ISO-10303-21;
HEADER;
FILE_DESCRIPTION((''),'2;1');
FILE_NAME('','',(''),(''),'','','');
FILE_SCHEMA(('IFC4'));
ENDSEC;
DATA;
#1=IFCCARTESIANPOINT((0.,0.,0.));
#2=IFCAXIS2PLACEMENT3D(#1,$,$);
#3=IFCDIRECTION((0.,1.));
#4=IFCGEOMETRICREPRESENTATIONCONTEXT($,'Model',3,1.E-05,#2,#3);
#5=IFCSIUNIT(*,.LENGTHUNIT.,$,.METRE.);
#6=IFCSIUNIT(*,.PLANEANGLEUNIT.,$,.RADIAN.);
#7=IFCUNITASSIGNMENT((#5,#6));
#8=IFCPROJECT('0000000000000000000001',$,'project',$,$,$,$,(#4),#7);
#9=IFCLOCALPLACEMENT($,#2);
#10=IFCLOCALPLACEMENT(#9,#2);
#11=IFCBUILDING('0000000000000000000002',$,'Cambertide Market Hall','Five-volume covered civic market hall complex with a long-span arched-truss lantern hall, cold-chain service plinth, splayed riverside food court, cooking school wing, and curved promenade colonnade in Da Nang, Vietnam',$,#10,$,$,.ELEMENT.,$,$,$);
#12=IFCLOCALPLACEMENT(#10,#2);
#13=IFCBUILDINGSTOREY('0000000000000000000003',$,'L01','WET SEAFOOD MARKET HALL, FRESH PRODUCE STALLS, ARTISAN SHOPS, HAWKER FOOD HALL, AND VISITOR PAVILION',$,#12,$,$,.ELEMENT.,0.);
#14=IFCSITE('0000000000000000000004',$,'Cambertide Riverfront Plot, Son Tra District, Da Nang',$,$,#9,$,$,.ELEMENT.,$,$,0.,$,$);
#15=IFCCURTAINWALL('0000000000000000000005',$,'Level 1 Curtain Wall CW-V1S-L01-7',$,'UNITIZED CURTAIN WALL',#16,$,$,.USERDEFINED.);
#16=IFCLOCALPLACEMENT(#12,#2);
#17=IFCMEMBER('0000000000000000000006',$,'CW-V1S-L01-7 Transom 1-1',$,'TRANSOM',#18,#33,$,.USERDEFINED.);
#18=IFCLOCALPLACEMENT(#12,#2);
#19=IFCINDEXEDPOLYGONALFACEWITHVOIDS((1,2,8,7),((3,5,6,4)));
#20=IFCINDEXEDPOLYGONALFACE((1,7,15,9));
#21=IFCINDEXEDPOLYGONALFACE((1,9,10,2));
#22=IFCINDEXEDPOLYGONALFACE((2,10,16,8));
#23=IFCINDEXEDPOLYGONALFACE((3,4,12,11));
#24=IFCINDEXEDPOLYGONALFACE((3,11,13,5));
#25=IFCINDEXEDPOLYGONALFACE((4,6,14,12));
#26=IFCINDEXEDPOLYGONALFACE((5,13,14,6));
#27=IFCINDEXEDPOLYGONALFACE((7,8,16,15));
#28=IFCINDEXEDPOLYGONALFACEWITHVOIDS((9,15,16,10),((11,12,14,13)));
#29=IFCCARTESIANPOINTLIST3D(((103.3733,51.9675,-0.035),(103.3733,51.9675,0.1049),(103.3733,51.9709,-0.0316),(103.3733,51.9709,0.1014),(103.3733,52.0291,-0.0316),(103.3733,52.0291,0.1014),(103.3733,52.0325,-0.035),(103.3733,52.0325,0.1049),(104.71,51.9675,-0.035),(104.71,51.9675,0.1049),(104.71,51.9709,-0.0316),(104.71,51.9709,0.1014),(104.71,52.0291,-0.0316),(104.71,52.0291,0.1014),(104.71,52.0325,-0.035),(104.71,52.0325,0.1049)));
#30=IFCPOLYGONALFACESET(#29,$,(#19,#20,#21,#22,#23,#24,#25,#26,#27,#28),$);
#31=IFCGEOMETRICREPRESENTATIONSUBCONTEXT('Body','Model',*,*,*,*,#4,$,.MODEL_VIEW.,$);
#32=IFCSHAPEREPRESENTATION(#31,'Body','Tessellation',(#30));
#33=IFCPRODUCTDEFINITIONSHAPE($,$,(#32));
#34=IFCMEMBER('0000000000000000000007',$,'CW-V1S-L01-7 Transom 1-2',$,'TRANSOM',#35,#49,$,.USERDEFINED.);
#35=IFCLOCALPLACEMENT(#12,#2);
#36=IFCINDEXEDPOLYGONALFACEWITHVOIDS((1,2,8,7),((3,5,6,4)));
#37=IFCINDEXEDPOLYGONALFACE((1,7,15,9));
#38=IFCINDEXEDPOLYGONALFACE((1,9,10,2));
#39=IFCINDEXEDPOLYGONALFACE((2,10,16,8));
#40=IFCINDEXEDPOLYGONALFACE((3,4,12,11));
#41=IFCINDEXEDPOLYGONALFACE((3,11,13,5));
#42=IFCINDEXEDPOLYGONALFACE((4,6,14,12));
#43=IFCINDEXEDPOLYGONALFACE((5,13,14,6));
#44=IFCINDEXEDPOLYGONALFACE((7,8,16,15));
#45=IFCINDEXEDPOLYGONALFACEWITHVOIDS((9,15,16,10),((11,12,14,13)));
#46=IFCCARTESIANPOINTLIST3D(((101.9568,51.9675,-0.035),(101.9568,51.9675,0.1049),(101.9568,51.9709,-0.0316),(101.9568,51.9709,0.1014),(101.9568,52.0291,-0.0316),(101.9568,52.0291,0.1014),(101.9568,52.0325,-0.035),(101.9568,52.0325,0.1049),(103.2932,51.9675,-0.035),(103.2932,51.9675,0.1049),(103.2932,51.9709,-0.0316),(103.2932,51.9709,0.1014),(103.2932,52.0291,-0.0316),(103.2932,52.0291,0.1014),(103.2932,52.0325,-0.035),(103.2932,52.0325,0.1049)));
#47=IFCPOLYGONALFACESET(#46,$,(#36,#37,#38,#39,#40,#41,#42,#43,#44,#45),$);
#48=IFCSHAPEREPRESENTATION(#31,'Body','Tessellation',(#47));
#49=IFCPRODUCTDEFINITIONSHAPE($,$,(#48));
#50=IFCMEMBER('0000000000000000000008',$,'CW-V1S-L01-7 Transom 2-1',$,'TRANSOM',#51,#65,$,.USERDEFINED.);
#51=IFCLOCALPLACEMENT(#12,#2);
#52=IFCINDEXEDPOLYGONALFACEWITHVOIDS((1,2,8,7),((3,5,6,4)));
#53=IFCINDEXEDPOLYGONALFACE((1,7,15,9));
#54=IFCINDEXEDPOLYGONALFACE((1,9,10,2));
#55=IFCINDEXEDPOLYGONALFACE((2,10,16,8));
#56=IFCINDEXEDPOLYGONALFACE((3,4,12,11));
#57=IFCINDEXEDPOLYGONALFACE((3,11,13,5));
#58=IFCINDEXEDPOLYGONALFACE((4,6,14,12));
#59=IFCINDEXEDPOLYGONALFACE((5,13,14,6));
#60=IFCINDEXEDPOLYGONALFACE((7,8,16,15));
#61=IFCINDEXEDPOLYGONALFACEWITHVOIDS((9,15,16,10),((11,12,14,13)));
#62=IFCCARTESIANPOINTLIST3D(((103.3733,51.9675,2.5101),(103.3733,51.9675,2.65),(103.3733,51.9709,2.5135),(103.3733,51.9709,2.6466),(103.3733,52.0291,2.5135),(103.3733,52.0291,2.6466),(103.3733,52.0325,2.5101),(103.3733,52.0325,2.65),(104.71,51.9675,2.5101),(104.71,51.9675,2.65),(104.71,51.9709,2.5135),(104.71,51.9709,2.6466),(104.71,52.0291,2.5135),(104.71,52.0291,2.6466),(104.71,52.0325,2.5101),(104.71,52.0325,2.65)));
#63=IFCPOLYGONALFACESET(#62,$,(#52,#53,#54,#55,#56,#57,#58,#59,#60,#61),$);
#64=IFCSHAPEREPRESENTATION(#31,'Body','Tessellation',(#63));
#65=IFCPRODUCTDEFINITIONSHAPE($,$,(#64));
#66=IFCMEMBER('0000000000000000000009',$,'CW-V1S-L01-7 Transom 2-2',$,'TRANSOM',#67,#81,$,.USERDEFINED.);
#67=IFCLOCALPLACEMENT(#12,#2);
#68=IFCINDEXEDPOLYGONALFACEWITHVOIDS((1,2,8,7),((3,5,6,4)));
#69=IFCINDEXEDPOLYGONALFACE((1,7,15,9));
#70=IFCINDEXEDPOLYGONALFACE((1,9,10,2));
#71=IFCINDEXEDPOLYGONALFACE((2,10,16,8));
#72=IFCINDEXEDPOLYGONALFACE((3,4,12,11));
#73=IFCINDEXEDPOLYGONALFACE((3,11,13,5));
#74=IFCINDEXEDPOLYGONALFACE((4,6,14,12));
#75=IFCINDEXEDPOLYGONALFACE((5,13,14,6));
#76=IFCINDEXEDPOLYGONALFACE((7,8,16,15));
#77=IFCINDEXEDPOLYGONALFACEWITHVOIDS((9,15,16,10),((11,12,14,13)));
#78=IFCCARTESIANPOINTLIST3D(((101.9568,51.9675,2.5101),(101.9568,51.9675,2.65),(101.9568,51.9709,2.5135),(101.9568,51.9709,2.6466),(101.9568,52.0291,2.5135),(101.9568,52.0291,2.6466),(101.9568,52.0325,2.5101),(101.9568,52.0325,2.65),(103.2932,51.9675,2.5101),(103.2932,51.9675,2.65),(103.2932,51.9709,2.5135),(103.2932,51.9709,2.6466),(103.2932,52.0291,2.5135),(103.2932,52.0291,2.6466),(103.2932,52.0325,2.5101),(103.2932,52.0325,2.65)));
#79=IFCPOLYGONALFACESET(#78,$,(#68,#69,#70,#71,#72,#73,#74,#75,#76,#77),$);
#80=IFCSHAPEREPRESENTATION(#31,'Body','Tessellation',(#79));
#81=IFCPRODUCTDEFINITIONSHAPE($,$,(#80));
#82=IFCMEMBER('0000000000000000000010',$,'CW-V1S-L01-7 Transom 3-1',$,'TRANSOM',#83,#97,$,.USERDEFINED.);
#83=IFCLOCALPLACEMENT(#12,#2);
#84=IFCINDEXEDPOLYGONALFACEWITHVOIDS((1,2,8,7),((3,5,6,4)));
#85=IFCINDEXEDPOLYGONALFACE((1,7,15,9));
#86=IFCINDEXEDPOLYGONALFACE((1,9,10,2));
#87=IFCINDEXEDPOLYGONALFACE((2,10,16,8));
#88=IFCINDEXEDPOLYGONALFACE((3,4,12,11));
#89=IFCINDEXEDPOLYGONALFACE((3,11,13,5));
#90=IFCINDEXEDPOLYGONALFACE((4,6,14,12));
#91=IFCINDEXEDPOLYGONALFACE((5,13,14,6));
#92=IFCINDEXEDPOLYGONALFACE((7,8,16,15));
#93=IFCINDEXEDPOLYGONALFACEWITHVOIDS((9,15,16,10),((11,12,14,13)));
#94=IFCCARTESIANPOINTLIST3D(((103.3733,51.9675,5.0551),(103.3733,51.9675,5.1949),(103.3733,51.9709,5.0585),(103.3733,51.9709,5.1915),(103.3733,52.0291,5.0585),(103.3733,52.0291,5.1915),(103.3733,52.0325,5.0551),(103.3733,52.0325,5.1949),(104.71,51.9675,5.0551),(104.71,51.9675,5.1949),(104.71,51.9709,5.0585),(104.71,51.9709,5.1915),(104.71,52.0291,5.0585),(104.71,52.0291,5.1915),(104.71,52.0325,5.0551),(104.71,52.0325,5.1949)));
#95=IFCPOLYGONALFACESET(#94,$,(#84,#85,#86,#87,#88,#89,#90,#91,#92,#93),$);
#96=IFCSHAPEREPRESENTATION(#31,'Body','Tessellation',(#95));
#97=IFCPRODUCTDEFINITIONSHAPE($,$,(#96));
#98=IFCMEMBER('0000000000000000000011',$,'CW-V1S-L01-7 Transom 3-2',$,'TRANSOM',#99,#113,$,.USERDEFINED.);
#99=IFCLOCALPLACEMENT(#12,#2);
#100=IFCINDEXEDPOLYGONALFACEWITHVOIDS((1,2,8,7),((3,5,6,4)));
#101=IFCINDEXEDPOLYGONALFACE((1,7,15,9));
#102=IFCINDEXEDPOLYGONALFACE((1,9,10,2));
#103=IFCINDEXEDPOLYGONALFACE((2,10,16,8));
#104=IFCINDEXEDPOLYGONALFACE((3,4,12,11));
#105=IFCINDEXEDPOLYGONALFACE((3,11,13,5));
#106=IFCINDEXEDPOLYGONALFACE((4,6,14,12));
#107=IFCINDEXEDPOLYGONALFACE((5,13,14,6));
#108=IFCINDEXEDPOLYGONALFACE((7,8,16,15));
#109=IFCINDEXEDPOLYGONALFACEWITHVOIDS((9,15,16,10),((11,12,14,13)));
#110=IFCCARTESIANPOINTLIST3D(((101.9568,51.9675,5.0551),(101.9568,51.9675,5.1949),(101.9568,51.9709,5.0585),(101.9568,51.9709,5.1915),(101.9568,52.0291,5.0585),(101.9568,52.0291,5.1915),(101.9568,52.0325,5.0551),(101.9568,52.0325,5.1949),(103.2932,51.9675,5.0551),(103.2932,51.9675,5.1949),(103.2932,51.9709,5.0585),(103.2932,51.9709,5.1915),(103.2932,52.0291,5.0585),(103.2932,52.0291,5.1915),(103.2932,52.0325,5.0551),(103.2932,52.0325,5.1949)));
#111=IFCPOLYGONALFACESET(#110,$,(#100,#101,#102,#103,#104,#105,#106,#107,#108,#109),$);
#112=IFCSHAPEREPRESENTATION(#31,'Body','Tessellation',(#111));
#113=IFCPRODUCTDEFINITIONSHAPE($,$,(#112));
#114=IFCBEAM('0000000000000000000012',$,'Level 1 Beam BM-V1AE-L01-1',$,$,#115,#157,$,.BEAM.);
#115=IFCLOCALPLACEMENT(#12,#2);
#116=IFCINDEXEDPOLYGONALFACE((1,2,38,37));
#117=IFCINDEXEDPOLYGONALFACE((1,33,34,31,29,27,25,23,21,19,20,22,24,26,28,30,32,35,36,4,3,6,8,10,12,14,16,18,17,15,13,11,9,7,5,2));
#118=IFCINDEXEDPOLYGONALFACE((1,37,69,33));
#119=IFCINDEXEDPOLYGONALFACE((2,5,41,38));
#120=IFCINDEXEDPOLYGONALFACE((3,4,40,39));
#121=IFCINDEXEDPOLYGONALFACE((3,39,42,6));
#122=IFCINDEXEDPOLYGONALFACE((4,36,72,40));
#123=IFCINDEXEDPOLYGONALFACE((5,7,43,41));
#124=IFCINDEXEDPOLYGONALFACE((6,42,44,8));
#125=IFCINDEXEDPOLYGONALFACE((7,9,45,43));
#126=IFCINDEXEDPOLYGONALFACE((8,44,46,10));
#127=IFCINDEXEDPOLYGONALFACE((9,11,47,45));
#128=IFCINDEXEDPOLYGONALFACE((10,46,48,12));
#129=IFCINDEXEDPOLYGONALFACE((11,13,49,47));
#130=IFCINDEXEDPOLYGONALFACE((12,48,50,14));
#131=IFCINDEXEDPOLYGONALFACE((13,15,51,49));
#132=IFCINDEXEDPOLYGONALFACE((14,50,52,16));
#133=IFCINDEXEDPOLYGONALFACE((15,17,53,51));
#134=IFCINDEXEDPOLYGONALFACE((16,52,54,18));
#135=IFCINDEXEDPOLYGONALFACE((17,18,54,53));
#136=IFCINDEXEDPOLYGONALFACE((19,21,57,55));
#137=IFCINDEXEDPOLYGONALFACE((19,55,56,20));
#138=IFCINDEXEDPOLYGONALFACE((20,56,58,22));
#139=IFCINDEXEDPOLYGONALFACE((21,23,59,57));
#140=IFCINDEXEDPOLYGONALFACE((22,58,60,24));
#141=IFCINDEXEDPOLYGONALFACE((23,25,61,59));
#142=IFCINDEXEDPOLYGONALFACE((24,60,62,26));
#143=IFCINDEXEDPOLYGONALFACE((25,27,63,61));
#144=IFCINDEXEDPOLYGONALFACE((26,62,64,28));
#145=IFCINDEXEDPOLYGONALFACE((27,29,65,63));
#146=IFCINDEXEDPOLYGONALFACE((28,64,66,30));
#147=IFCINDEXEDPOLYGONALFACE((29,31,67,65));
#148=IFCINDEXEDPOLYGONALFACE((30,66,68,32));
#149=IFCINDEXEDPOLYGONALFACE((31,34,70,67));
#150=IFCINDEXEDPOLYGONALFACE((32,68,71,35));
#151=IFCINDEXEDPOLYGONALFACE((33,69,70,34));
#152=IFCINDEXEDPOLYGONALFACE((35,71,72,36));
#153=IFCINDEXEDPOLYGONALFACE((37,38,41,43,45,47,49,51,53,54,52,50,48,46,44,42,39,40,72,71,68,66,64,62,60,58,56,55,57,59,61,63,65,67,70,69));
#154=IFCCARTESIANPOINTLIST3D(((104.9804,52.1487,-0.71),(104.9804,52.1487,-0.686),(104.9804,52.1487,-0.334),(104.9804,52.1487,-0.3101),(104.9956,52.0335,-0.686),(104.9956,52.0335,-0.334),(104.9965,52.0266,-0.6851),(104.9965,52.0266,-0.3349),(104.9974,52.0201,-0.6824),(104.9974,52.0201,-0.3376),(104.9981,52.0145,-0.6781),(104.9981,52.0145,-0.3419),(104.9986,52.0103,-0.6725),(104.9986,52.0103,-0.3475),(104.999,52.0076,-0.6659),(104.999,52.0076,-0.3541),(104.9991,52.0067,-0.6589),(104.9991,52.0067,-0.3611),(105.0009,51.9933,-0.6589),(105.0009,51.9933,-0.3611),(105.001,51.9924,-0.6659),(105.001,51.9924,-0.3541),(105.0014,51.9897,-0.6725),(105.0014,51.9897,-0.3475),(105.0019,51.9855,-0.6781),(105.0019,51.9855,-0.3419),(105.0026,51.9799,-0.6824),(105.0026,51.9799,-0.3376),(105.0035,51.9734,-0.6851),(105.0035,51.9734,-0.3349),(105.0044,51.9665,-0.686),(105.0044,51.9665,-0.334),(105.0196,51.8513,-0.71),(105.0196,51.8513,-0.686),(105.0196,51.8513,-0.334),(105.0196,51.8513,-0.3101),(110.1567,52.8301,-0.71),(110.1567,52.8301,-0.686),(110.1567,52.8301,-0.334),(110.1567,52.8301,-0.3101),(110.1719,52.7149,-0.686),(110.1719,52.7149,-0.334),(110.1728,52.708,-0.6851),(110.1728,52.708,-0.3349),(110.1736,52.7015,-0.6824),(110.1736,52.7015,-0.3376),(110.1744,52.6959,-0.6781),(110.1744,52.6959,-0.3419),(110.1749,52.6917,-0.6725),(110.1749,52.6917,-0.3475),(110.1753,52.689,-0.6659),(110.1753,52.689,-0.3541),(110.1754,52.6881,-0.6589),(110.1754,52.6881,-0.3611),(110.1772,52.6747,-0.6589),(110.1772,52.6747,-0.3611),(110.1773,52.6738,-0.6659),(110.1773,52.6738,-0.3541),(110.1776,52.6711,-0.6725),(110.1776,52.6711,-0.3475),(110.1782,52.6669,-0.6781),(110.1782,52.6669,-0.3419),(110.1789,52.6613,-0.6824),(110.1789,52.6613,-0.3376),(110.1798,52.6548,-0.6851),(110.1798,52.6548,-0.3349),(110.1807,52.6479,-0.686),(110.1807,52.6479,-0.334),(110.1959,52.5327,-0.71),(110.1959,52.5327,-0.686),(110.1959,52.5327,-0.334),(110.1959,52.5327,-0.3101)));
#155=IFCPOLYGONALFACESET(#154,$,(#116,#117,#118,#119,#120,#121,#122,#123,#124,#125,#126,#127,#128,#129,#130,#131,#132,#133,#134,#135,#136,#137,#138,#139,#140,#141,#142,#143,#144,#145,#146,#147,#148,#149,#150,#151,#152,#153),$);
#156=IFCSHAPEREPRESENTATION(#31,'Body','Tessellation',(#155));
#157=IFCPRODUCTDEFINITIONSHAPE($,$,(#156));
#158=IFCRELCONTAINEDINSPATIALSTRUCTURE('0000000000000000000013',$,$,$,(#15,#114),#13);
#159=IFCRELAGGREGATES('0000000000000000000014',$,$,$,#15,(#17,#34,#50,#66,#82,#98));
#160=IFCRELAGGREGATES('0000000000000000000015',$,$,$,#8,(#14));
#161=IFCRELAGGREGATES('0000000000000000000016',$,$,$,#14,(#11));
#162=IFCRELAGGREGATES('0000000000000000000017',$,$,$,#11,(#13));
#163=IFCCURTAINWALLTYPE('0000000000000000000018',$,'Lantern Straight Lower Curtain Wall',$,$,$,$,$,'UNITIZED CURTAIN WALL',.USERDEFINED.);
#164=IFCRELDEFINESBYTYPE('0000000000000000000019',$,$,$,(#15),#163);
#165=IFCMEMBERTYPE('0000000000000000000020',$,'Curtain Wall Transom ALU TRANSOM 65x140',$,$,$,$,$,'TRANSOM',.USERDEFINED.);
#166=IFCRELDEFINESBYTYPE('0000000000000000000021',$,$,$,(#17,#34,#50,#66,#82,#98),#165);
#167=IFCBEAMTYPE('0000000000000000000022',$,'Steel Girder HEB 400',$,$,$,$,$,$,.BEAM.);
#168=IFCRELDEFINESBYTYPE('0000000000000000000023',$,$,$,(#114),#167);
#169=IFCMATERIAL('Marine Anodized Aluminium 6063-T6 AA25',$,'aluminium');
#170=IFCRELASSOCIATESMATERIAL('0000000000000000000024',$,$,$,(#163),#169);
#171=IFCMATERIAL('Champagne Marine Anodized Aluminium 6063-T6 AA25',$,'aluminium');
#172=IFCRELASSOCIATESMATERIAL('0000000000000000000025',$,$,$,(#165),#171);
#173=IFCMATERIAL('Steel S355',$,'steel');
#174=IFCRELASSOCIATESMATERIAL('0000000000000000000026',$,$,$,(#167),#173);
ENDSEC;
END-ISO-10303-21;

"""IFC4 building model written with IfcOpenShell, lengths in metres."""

from ifc_helpers import new_model, si_unit, direction, frame, origin, origin_2d, place, context, subcontext, project, spatial, hollow_rectangle, i_section, extrude, material, material_profile, profile_set, type_object, element, aggregate, save


model = new_model("IFC4")

# Units and contexts
model_context = context("Model", 3, precision=1e-05, world=origin(), true_north=direction((0.0, 1.0)))
body_context = subcontext(model_context, "Body", "Model", "MODEL_VIEW")
ifc_project = project(units=[si_unit("LENGTHUNIT", "METRE"), si_unit("PLANEANGLEUNIT", "RADIAN")], contexts=[model_context])

# Site, building, storey
site_placement = place(None, origin())
site = spatial("IfcSite", under=ifc_project, at=site_placement, Name="Cambertide Riverfront Plot, Son Tra District, Da Nang", CompositionType="ELEMENT", RefElevation=0.0)
building_placement = place(site_placement, origin())
building = spatial("IfcBuilding", under=site, at=building_placement, Name="Cambertide Market Hall", Description="Five-volume covered civic market hall complex with a long-span arched-truss lantern hall, cold-chain service plinth, splayed riverside food court, cooking school wing, and curved promenade colonnade in Da Nang, Vietnam", CompositionType="ELEMENT")
storey_placement = place(building_placement, origin())
storey = spatial("IfcBuildingStorey", under=building, at=storey_placement, Name="L01", Description="WET SEAFOOD MARKET HALL, FRESH PRODUCE STALLS, ARTISAN SHOPS, HAWKER FOOD HALL, AND VISITOR PAVILION", CompositionType="ELEMENT", Elevation=0.0)

# Curtain wall
ifc_material_1 = material(Name="Marine Anodized Aluminium 6063-T6 AA25", Category="aluminium")
curtain_wall_type_1 = type_object("IfcCurtainWallType", Name="Lantern Straight Lower Curtain Wall", ElementType="UNITIZED CURTAIN WALL", PredefinedType="USERDEFINED", material=ifc_material_1)
curtain_wall_1_placement = place(storey_placement, origin())
curtain_wall_1 = element("IfcCurtainWall", 1, at=curtain_wall_1_placement, inside=storey, type_object=curtain_wall_type_1, Name="Level 1 Curtain Wall CW-V1S-L01-7", ObjectType="UNITIZED CURTAIN WALL", PredefinedType="USERDEFINED")

# Members
ifc_material_2 = material(Name="Champagne Marine Anodized Aluminium 6063-T6 AA25", Category="aluminium")
ifc_material_profile_1 = material_profile(ifc_material_2, hollow_rectangle(XDim=0.0649, YDim=0.1399, WallThickness=0.0034, at=origin_2d()), Name="ALU TRANSOM 65x140")
ifc_profile_set_1 = profile_set([ifc_material_profile_1], Name="Champagne Marine Anodized Aluminium 6063-T6 AA25")
member_type_1 = type_object("IfcMemberType", Name="Curtain Wall Transom ALU TRANSOM 65x140", ElementType="TRANSOM", PredefinedType="USERDEFINED", material=ifc_profile_set_1)
member_1_placement = place(storey_placement, frame((104.71, 52.0, 0.0349), z_axis=(-1.0, 0.0, 0.0), x_axis=(0.0, -1.0, 0.0)))
member_1 = element("IfcMember", 2, at=member_1_placement, type_object=member_type_1, Name="CW-V1S-L01-7 Transom 1-1", ObjectType="TRANSOM", PredefinedType="USERDEFINED", context=body_context, shape_type="SweptSolid", body=[
    extrude(hollow_rectangle(XDim=0.0649, YDim=0.1399, WallThickness=0.0034, at=origin_2d()), origin(), (0.0, 0.0, 1.0), 1.3367),
])
member_2_placement = place(storey_placement, frame((103.2932, 52.0, 0.0349), z_axis=(-1.0, 0.0, 0.0), x_axis=(0.0, -1.0, 0.0)))
member_2 = element("IfcMember", 3, at=member_2_placement, type_object=member_type_1, Name="CW-V1S-L01-7 Transom 1-2", ObjectType="TRANSOM", PredefinedType="USERDEFINED", context=body_context, shape_type="SweptSolid", body=[
    extrude(hollow_rectangle(XDim=0.0649, YDim=0.1399, WallThickness=0.0034, at=origin_2d()), origin(), (0.0, 0.0, 1.0), 1.3364),
])
member_3_placement = place(storey_placement, frame((104.71, 52.0, 2.5801), z_axis=(-1.0, 0.0, 0.0), x_axis=(0.0, -1.0, 0.0)))
member_3 = element("IfcMember", 4, at=member_3_placement, type_object=member_type_1, Name="CW-V1S-L01-7 Transom 2-1", ObjectType="TRANSOM", PredefinedType="USERDEFINED", context=body_context, shape_type="SweptSolid", body=[
    extrude(hollow_rectangle(XDim=0.0649, YDim=0.1399, WallThickness=0.0034, at=origin_2d()), origin(), (0.0, 0.0, 1.0), 1.3367),
])
member_4_placement = place(storey_placement, frame((103.2932, 52.0, 2.5801), z_axis=(-1.0, 0.0, 0.0), x_axis=(0.0, -1.0, 0.0)))
member_4 = element("IfcMember", 5, at=member_4_placement, type_object=member_type_1, Name="CW-V1S-L01-7 Transom 2-2", ObjectType="TRANSOM", PredefinedType="USERDEFINED", context=body_context, shape_type="SweptSolid", body=[
    extrude(hollow_rectangle(XDim=0.0649, YDim=0.1399, WallThickness=0.0034, at=origin_2d()), origin(), (0.0, 0.0, 1.0), 1.3364),
])
member_5_placement = place(storey_placement, frame((104.71, 52.0, 5.125), z_axis=(-1.0, 0.0, 0.0), x_axis=(0.0, -1.0, 0.0)))
member_5 = element("IfcMember", 6, at=member_5_placement, type_object=member_type_1, Name="CW-V1S-L01-7 Transom 3-1", ObjectType="TRANSOM", PredefinedType="USERDEFINED", context=body_context, shape_type="SweptSolid", body=[
    extrude(hollow_rectangle(XDim=0.0649, YDim=0.1399, WallThickness=0.0034, at=origin_2d()), origin(), (0.0, 0.0, 1.0), 1.3367),
])
member_6_placement = place(storey_placement, frame((103.2932, 52.0, 5.125), z_axis=(-1.0, 0.0, 0.0), x_axis=(0.0, -1.0, 0.0)))
member_6 = element("IfcMember", 7, at=member_6_placement, type_object=member_type_1, Name="CW-V1S-L01-7 Transom 3-2", ObjectType="TRANSOM", PredefinedType="USERDEFINED", context=body_context, shape_type="SweptSolid", body=[
    extrude(hollow_rectangle(XDim=0.0649, YDim=0.1399, WallThickness=0.0034, at=origin_2d()), origin(), (0.0, 0.0, 1.0), 1.3364),
])

# Beam
ifc_material_3 = material(Name="Steel S355", Category="steel")
ifc_material_profile_2 = material_profile(ifc_material_3, i_section(OverallWidth=0.3, OverallDepth=0.3999, WebThickness=0.0134, FlangeThickness=0.0239, FilletRadius=0.0271, at=origin_2d()), Name="HEB 400")
ifc_profile_set_2 = profile_set([ifc_material_profile_2], Name="Steel S355")
beam_type_1 = type_object("IfcBeamType", Name="Steel Girder HEB 400", PredefinedType="BEAM", material=ifc_profile_set_2)
beam_1_placement = place(storey_placement, frame((105.0, 52.0, -0.51), z_axis=(0.991447, 0.130513, 0.0), x_axis=(-0.130513, 0.991447, 0.0)))
element("IfcBeam", 8, at=beam_1_placement, inside=storey, type_object=beam_type_1, Name="Level 1 Beam BM-V1AE-L01-1", PredefinedType="BEAM", context=body_context, shape_type="SweptSolid", body=[
    extrude(i_section(OverallWidth=0.3, OverallDepth=0.3999, WebThickness=0.0134, FlangeThickness=0.0239, FilletRadius=0.0271, at=origin_2d()), origin(), (0.0, 0.0, 1.0), 5.2209),
])

aggregate(curtain_wall_1, [member_1, member_2, member_3, member_4, member_5, member_6])

save(model, "model.ifc")
